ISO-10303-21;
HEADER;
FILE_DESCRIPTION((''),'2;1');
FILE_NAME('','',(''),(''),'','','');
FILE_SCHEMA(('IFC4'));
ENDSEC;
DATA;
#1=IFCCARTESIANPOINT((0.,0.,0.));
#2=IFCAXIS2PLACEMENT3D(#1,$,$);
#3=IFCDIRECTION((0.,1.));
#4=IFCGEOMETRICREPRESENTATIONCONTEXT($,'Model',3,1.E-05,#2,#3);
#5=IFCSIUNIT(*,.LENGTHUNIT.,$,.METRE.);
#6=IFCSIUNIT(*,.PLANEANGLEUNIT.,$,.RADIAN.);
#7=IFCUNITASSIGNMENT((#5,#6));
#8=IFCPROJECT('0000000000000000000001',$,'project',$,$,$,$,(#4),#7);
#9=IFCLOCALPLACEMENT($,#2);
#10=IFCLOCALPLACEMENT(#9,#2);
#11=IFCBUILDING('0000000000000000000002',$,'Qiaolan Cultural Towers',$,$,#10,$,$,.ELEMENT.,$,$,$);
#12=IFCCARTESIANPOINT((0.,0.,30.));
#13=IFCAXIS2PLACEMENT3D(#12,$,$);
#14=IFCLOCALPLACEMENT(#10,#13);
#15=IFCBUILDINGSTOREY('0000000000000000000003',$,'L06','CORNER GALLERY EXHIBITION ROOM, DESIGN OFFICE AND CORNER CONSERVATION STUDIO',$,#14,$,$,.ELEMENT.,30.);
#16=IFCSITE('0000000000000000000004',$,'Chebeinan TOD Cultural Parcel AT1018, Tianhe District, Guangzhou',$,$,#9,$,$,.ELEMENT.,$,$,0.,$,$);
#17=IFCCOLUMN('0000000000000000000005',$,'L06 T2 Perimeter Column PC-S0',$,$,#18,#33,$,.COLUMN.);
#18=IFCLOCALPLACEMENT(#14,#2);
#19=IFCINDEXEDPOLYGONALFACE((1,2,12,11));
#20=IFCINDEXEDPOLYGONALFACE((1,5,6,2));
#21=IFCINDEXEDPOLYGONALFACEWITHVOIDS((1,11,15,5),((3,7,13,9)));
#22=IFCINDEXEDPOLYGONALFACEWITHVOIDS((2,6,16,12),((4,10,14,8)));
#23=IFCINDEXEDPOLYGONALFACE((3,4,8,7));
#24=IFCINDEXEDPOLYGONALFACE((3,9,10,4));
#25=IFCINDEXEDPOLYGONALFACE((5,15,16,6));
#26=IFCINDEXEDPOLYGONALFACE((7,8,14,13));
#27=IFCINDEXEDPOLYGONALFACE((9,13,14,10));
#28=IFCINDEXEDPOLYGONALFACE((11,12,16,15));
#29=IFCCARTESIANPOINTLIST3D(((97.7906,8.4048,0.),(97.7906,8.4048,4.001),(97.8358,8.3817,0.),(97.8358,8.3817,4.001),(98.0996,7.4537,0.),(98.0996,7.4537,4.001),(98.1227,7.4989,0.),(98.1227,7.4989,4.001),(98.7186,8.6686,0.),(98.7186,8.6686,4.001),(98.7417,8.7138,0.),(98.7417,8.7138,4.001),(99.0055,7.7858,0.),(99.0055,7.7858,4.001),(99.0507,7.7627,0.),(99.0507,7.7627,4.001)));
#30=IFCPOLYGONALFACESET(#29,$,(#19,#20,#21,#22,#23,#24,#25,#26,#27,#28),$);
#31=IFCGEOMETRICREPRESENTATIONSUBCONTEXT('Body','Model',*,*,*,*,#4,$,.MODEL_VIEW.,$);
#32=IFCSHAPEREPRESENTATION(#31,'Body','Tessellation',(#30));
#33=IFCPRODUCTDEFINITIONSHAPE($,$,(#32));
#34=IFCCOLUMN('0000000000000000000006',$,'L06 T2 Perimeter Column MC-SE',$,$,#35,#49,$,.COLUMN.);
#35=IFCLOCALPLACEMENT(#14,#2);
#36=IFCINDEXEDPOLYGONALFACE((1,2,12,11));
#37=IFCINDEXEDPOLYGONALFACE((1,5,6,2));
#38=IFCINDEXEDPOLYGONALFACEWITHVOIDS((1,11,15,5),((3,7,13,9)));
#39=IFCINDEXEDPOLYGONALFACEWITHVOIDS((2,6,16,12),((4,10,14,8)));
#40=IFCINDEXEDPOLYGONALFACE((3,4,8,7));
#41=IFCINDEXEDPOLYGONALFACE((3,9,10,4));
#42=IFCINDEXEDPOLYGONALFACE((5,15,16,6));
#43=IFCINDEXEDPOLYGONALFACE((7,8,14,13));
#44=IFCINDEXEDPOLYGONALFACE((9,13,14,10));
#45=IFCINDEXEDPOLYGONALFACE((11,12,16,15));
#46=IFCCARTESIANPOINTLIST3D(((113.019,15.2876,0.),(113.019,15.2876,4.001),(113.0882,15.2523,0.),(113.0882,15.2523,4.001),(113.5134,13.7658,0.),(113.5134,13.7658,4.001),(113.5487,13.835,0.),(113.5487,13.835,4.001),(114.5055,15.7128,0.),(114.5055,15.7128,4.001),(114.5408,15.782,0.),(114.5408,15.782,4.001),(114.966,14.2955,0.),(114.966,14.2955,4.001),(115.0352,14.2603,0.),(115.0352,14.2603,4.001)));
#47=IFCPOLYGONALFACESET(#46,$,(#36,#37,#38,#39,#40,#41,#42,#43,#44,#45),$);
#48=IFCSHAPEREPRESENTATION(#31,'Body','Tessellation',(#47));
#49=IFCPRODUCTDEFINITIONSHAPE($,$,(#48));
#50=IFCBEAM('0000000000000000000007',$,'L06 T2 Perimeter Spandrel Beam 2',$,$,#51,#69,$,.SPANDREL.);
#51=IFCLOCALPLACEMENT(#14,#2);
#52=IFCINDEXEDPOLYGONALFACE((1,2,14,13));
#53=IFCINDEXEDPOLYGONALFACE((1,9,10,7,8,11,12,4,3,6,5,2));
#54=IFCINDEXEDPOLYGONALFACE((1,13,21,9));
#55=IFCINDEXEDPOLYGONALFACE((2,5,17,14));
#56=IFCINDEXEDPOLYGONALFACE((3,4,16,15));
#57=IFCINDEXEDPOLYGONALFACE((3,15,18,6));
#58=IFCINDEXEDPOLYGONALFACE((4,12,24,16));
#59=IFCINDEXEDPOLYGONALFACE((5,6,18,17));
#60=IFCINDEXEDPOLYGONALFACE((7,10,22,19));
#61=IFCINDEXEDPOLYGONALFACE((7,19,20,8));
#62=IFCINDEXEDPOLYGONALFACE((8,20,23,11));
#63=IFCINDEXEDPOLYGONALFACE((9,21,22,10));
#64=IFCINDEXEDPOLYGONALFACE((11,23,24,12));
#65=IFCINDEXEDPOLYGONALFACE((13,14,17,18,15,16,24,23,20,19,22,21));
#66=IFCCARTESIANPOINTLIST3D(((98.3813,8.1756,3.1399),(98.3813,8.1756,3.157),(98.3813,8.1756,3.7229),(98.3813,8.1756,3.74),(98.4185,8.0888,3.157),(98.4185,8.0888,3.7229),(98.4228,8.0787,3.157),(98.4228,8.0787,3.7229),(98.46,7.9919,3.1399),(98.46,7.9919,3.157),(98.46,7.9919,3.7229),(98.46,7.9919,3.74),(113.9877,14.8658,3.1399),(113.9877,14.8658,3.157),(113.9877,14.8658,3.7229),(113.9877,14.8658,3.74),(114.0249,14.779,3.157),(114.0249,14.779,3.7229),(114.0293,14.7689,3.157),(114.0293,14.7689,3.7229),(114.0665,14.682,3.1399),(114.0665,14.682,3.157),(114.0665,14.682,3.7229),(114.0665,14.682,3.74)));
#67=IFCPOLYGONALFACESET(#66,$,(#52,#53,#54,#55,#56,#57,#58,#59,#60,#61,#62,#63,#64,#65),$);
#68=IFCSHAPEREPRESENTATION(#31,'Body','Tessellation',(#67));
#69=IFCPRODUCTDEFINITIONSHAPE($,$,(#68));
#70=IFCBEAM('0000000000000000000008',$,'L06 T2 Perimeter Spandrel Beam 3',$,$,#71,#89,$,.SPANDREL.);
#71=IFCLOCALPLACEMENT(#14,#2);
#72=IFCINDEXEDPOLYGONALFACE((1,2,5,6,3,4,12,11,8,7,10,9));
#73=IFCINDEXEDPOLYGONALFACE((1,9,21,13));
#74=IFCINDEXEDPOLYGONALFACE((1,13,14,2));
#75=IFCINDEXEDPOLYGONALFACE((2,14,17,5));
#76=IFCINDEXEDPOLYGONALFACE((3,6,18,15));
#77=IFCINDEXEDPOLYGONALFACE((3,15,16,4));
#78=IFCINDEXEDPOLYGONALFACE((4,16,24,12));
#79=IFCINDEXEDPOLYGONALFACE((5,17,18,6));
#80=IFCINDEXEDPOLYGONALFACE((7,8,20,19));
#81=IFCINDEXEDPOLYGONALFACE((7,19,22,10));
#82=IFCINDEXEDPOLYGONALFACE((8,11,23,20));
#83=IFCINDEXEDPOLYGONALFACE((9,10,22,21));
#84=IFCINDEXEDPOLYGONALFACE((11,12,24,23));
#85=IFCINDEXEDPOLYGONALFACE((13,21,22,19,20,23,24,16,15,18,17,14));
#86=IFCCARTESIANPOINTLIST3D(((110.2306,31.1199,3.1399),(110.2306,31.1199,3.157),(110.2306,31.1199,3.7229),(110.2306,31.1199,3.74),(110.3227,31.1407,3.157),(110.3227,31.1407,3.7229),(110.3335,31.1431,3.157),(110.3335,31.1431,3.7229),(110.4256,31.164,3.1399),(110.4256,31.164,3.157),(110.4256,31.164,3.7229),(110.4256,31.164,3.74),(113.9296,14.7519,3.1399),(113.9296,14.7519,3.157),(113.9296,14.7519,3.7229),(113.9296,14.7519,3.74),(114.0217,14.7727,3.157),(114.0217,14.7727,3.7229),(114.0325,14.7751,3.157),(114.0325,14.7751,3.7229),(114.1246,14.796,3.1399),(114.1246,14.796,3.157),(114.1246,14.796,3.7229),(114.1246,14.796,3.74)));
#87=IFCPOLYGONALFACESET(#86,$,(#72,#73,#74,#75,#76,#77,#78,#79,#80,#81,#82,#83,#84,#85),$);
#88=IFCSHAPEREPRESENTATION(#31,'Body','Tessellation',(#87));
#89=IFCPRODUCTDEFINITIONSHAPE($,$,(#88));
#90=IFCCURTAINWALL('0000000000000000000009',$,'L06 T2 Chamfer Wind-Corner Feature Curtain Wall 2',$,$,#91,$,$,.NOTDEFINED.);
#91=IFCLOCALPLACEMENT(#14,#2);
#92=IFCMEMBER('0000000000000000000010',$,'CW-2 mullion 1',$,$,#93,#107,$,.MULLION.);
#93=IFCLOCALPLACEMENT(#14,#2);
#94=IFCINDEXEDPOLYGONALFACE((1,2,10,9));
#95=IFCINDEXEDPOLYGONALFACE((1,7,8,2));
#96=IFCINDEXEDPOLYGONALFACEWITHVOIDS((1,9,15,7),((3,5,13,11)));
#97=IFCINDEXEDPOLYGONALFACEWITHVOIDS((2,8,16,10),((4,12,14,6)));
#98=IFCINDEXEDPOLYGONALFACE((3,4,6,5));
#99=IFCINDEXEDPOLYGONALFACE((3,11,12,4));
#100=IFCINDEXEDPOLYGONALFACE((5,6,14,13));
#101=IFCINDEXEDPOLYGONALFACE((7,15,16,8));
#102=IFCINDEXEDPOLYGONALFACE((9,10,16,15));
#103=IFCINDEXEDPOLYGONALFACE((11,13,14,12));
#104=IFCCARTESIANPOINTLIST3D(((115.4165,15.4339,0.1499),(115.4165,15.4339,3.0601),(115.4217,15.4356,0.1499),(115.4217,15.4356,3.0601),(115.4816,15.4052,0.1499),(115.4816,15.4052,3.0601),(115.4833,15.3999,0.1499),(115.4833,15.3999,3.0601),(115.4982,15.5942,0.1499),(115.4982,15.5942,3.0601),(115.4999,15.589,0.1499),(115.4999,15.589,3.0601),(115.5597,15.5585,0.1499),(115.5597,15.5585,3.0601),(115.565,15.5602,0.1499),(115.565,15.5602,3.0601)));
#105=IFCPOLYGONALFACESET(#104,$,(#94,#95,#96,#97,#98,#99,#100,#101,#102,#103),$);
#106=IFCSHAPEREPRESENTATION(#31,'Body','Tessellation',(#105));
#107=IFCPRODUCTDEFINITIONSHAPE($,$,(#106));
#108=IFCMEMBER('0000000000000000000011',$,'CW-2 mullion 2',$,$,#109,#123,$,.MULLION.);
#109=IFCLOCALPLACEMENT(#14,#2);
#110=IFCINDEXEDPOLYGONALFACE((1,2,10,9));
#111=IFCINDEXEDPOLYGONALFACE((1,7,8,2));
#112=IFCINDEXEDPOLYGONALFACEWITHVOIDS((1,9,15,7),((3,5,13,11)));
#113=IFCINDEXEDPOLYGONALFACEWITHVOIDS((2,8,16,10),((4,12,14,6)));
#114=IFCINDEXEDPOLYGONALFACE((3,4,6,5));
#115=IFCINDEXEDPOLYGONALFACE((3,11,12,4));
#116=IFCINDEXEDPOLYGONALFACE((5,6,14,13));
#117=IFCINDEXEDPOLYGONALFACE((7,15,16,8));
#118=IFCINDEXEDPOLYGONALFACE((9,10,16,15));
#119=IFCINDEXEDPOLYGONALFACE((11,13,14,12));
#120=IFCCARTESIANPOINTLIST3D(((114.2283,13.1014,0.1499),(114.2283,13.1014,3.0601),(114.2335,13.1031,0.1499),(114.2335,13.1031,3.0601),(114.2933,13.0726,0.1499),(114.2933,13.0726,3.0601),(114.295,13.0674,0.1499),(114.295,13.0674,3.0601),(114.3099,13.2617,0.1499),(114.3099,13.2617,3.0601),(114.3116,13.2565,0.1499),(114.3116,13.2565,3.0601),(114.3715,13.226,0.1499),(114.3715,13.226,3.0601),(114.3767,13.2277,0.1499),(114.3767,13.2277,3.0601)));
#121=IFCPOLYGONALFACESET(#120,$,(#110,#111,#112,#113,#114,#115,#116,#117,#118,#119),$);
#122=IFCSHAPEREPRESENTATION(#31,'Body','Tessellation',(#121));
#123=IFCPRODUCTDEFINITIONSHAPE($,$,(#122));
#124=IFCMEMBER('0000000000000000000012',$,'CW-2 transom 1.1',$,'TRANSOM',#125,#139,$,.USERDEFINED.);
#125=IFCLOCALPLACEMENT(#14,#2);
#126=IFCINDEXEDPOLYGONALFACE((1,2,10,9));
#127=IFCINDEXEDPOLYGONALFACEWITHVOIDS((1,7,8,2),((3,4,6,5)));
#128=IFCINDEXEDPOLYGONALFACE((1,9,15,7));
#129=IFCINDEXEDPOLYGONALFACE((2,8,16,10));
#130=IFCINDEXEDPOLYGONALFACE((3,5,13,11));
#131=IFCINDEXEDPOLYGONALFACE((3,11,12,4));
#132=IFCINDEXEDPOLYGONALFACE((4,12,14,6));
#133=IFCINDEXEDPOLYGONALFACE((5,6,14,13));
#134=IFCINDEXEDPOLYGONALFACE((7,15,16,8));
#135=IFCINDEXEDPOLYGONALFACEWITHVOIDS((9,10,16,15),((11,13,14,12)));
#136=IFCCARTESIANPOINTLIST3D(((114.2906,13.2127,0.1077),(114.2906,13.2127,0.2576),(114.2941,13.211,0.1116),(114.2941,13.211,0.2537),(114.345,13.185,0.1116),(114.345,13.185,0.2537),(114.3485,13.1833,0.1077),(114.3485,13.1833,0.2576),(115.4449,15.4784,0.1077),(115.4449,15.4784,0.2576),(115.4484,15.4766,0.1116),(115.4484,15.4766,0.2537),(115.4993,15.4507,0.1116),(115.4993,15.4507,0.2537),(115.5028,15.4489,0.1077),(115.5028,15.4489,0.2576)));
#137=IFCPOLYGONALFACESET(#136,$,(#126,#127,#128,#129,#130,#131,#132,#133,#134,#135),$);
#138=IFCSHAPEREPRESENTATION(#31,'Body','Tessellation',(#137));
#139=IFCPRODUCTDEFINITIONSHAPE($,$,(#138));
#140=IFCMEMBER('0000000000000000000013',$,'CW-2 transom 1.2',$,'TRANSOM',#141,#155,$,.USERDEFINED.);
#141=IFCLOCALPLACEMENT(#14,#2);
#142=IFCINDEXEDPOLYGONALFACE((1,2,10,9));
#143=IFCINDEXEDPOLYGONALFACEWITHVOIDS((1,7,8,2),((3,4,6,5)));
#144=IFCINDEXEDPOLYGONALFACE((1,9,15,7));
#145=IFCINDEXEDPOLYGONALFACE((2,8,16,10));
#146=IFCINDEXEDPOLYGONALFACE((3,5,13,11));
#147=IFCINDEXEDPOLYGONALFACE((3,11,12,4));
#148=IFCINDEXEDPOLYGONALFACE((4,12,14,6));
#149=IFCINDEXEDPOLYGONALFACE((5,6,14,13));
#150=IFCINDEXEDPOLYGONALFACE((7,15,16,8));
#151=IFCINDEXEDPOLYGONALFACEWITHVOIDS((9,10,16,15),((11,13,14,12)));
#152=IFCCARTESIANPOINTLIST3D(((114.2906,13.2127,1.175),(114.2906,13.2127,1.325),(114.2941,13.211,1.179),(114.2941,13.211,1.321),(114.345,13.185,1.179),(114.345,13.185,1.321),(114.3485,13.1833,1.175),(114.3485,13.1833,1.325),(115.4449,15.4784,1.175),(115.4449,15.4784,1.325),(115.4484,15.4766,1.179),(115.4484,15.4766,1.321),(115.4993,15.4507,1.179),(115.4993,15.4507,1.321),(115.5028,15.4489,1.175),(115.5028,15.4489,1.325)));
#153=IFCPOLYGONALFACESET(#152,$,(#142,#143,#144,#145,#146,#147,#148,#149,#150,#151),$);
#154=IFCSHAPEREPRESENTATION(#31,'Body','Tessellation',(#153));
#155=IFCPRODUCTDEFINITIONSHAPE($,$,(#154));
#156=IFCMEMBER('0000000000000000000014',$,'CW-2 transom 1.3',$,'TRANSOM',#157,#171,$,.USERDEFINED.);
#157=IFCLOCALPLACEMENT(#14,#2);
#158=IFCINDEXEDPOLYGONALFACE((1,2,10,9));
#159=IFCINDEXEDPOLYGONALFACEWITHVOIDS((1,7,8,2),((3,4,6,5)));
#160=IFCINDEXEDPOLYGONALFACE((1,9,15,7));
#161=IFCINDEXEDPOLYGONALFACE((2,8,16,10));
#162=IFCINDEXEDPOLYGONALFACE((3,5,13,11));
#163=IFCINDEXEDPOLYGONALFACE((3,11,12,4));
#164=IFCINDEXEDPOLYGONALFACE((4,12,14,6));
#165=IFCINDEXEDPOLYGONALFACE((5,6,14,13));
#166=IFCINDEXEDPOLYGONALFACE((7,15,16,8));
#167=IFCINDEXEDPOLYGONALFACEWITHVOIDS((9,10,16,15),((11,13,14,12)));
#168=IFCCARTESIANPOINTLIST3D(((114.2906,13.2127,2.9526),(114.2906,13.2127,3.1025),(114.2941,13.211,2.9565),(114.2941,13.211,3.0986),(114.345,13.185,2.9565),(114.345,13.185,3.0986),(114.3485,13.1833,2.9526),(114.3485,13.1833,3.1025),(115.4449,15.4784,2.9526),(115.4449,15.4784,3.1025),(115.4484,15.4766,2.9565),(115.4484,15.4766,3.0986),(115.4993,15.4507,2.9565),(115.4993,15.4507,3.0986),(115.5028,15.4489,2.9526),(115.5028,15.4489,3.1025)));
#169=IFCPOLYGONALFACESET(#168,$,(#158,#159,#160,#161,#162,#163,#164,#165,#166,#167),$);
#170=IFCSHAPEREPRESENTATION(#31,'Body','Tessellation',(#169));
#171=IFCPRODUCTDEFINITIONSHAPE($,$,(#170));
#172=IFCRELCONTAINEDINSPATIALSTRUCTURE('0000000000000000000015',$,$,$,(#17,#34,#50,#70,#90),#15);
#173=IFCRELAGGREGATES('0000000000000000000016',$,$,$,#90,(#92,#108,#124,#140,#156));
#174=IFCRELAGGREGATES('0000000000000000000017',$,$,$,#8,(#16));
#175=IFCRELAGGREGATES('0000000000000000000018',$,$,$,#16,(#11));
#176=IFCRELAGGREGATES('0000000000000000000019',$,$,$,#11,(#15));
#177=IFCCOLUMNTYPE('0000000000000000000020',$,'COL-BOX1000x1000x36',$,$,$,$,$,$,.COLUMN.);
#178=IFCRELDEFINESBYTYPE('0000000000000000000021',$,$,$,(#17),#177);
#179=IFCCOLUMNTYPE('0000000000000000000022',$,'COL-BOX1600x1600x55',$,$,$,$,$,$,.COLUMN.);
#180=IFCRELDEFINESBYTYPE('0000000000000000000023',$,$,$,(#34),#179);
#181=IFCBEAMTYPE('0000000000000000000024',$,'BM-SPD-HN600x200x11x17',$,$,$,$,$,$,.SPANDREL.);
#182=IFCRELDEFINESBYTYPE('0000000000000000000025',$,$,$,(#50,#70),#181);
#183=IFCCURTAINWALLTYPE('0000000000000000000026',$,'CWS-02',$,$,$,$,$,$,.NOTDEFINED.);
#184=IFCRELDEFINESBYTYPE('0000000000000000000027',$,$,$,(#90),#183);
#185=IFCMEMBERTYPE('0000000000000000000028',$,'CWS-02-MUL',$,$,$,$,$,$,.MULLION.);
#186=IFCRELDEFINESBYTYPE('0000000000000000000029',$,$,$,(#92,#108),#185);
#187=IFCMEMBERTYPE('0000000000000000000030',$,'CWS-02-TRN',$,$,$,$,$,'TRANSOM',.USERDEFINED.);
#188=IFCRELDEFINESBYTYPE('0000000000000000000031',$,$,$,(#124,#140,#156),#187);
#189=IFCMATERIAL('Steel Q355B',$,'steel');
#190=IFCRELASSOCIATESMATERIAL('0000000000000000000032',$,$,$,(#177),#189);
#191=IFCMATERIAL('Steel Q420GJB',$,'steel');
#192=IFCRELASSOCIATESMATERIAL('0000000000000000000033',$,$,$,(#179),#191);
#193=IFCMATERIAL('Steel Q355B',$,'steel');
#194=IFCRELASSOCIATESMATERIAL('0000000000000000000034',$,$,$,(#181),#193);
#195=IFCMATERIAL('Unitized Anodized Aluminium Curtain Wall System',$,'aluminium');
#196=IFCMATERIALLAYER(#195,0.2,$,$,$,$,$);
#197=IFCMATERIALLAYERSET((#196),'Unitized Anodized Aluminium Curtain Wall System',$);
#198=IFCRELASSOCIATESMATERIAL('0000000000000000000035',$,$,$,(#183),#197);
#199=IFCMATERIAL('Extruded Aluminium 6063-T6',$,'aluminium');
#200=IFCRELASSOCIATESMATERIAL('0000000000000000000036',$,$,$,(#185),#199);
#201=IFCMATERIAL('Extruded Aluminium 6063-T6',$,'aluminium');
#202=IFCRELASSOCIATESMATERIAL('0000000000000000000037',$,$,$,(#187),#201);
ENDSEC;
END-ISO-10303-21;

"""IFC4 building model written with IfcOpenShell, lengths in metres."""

from ifc_helpers import new_model, si_unit, direction, frame, origin, origin_2d, place, context, subcontext, project, spatial, hollow_rectangle, i_section, extrude, material, layer, layer_set, material_profile, profile_set, type_object, element, aggregate, save


model = new_model("IFC4")

# Units and contexts
model_context = context("Model", 3, precision=1e-05, world=origin(), true_north=direction((0.0, 1.0)))
body_context = subcontext(model_context, "Body", "Model", "MODEL_VIEW")
ifc_project = project(units=[si_unit("LENGTHUNIT", "METRE"), si_unit("PLANEANGLEUNIT", "RADIAN")], contexts=[model_context])

# Site, building, storey
site_placement = place(None, origin())
site = spatial("IfcSite", under=ifc_project, at=site_placement, Name="Chebeinan TOD Cultural Parcel AT1018, Tianhe District, Guangzhou", CompositionType="ELEMENT", RefElevation=0.0)
building_placement = place(site_placement, origin())
building = spatial("IfcBuilding", under=site, at=building_placement, Name="Qiaolan Cultural Towers", CompositionType="ELEMENT")
storey_placement = place(building_placement, frame((0.0, 0.0, 30.0)))
storey = spatial("IfcBuildingStorey", under=building, at=storey_placement, Name="L06", Description="CORNER GALLERY EXHIBITION ROOM, DESIGN OFFICE AND CORNER CONSERVATION STUDIO", CompositionType="ELEMENT", Elevation=30.0)

# Columns
ifc_material_1 = material(Name="Steel Q355B", Category="steel")
ifc_material_profile_1 = material_profile(ifc_material_1, hollow_rectangle(XDim=1.0, YDim=1.0, WallThickness=0.0359, at=origin_2d()), Name="BOX1000x1000x36")
ifc_profile_set_1 = profile_set([ifc_material_profile_1], Name="Steel Q355B")
column_type_1 = type_object("IfcColumnType", Name="COL-BOX1000x1000x36", PredefinedType="COLUMN", material=ifc_profile_set_1)
column_1_placement = place(storey_placement, frame((98.4207, 8.0837, 0.0), z_axis=(0.0, 0.0, 1.0), x_axis=(0.951057, 0.309017, 0.0)))
element("IfcColumn", 1, at=column_1_placement, inside=storey, type_object=column_type_1, Name="L06 T2 Perimeter Column PC-S0", PredefinedType="COLUMN", context=body_context, shape_type="SweptSolid", body=[
    extrude(hollow_rectangle(XDim=1.0, YDim=1.0, WallThickness=0.0359, at=origin_2d()), origin(), (0.0, 0.0, 1.0), 4.001),
])
ifc_material_2 = material(Name="Steel Q420GJB", Category="steel")
ifc_material_profile_2 = material_profile(ifc_material_2, hollow_rectangle(XDim=1.6001, YDim=1.6001, WallThickness=0.0549, at=origin_2d()), Name="BOX1600x1600x55")
ifc_profile_set_2 = profile_set([ifc_material_profile_2], Name="Steel Q420GJB")
column_type_2 = type_object("IfcColumnType", Name="COL-BOX1600x1600x55", PredefinedType="COLUMN", material=ifc_profile_set_2)
column_2_placement = place(storey_placement, frame((114.0271, 14.7739, 0.0), z_axis=(0.0, 0.0, 1.0), x_axis=(0.951057, 0.309017, 0.0)))
element("IfcColumn", 2, at=column_2_placement, inside=storey, type_object=column_type_2, Name="L06 T2 Perimeter Column MC-SE", PredefinedType="COLUMN", context=body_context, shape_type="SweptSolid", body=[
    extrude(hollow_rectangle(XDim=1.6001, YDim=1.6001, WallThickness=0.0549, at=origin_2d()), origin(), (0.0, 0.0, 1.0), 4.001),
])

# Beams
ifc_material_3 = material(Name="Steel Q355B", Category="steel")
ifc_material_profile_3 = material_profile(ifc_material_3, i_section(OverallWidth=0.2, OverallDepth=0.6001, WebThickness=0.011, FlangeThickness=0.0171, at=origin_2d()), Name="HN600x200x11x17")
ifc_profile_set_3 = profile_set([ifc_material_profile_3], Name="Steel Q355B")
beam_type = type_object("IfcBeamType", Name="BM-SPD-HN600x200x11x17", PredefinedType="SPANDREL", material=ifc_profile_set_3)
beam_1_placement = place(storey_placement, frame((98.4207, 8.0837, 3.4399), z_axis=(0.919109, 0.394004, 0.0), x_axis=(-0.394004, 0.919109, 0.0)))
element("IfcBeam", 3, at=beam_1_placement, inside=storey, type_object=beam_type, Name="L06 T2 Perimeter Spandrel Beam 2", PredefinedType="SPANDREL", context=body_context, shape_type="SweptSolid", body=[
    extrude(i_section(OverallWidth=0.2, OverallDepth=0.6001, WebThickness=0.011, FlangeThickness=0.0171, at=origin_2d()), origin(), (0.0, 0.0, 1.0), 16.98),
])
beam_2_placement = place(storey_placement, frame((114.0271, 14.7739, 3.4399), z_axis=(-0.220431, 0.975403, 0.0), x_axis=(-0.975403, -0.220431, 0.0)))
element("IfcBeam", 4, at=beam_2_placement, inside=storey, type_object=beam_type, Name="L06 T2 Perimeter Spandrel Beam 3", PredefinedType="SPANDREL", context=body_context, shape_type="SweptSolid", body=[
    extrude(i_section(OverallWidth=0.2, OverallDepth=0.6001, WebThickness=0.011, FlangeThickness=0.0171, at=origin_2d()), origin(), (0.0, 0.0, 1.0), 16.7808),
])

# Curtain wall, members
ifc_material_4 = material(Name="Unitized Anodized Aluminium Curtain Wall System", Category="aluminium")
ifc_layer_1 = layer(ifc_material_4, 0.2)
ifc_layer_set_1 = layer_set([ifc_layer_1], Name="Unitized Anodized Aluminium Curtain Wall System")
curtain_wall_type = type_object("IfcCurtainWallType", Name="CWS-02", PredefinedType="NOTDEFINED", material=ifc_layer_set_1)
curtain_wall_placement = place(storey_placement, origin())
curtain_wall = element("IfcCurtainWall", 5, at=curtain_wall_placement, inside=storey, type_object=curtain_wall_type, Name="L06 T2 Chamfer Wind-Corner Feature Curtain Wall 2", PredefinedType="NOTDEFINED")
ifc_material_5 = material(Name="Extruded Aluminium 6063-T6", Category="aluminium")
ifc_material_profile_4 = material_profile(ifc_material_5, hollow_rectangle(XDim=0.075, YDim=0.1799, WallThickness=0.0039, at=origin_2d()), Name="CWM-180x75x4")
ifc_profile_set_4 = profile_set([ifc_material_profile_4], Name="Extruded Aluminium 6063-T6")
member_type_1 = type_object("IfcMemberType", Name="CWS-02-MUL", PredefinedType="MULLION", material=ifc_profile_set_4)
member_1_placement = place(storey_placement, frame((115.4907, 15.4971, 0.1499), z_axis=(0.0, 0.0, 1.0), x_axis=(0.891007, -0.45399, 0.0)))
member_1 = element("IfcMember", 6, at=member_1_placement, type_object=member_type_1, Name="CW-2 mullion 1", PredefinedType="MULLION", context=body_context, shape_type="SweptSolid", body=[
    extrude(hollow_rectangle(XDim=0.075, YDim=0.1799, WallThickness=0.0039, at=origin_2d()), origin(), (0.0, 0.0, 1.0), 2.9102),
])
member_2_placement = place(storey_placement, frame((114.3025, 13.1646, 0.1499), z_axis=(0.0, 0.0, 1.0), x_axis=(0.891007, -0.45399, 0.0)))
member_2 = element("IfcMember", 7, at=member_2_placement, type_object=member_type_1, Name="CW-2 mullion 2", PredefinedType="MULLION", context=body_context, shape_type="SweptSolid", body=[
    extrude(hollow_rectangle(XDim=0.075, YDim=0.1799, WallThickness=0.0039, at=origin_2d()), origin(), (0.0, 0.0, 1.0), 2.9102),
])
ifc_material_6 = material(Name="Extruded Aluminium 6063-T6", Category="aluminium")
ifc_material_profile_5 = material_profile(ifc_material_6, hollow_rectangle(XDim=0.0649, YDim=0.1499, WallThickness=0.0039, at=origin_2d()), Name="CWT-150x65x4")
ifc_profile_set_5 = profile_set([ifc_material_profile_5], Name="Extruded Aluminium 6063-T6")
member_type_2 = type_object("IfcMemberType", Name="CWS-02-TRN", ElementType="TRANSOM", PredefinedType="USERDEFINED", material=ifc_profile_set_5)
member_3_placement = place(storey_placement, frame((115.4739, 15.4636, 0.1826), z_axis=(-0.45396, -0.891022, 0.0), x_axis=(0.891022, -0.45396, 0.0)))
member_3 = element("IfcMember", 8, at=member_3_placement, type_object=member_type_2, Name="CW-2 transom 1.1", ObjectType="TRANSOM", PredefinedType="USERDEFINED", context=body_context, shape_type="SweptSolid", body=[
    extrude(hollow_rectangle(XDim=0.0649, YDim=0.1499, WallThickness=0.0039, at=origin_2d()), origin(), (0.0, 0.0, 1.0), 2.5427),
])
member_4_placement = place(storey_placement, frame((115.4739, 15.4636, 1.25), z_axis=(-0.45396, -0.891022, 0.0), x_axis=(0.891022, -0.45396, 0.0)))
member_4 = element("IfcMember", 9, at=member_4_placement, type_object=member_type_2, Name="CW-2 transom 1.2", ObjectType="TRANSOM", PredefinedType="USERDEFINED", context=body_context, shape_type="SweptSolid", body=[
    extrude(hollow_rectangle(XDim=0.0649, YDim=0.1499, WallThickness=0.0039, at=origin_2d()), origin(), (0.0, 0.0, 1.0), 2.5427),
])
member_5_placement = place(storey_placement, frame((115.4739, 15.4636, 3.0276), z_axis=(-0.45396, -0.891022, 0.0), x_axis=(0.891022, -0.45396, 0.0)))
member_5 = element("IfcMember", 10, at=member_5_placement, type_object=member_type_2, Name="CW-2 transom 1.3", ObjectType="TRANSOM", PredefinedType="USERDEFINED", context=body_context, shape_type="SweptSolid", body=[
    extrude(hollow_rectangle(XDim=0.0649, YDim=0.1499, WallThickness=0.0039, at=origin_2d()), origin(), (0.0, 0.0, 1.0), 2.5427),
])
aggregate(curtain_wall, [member_1, member_2, member_3, member_4, member_5])

save(model, "model.ifc")
